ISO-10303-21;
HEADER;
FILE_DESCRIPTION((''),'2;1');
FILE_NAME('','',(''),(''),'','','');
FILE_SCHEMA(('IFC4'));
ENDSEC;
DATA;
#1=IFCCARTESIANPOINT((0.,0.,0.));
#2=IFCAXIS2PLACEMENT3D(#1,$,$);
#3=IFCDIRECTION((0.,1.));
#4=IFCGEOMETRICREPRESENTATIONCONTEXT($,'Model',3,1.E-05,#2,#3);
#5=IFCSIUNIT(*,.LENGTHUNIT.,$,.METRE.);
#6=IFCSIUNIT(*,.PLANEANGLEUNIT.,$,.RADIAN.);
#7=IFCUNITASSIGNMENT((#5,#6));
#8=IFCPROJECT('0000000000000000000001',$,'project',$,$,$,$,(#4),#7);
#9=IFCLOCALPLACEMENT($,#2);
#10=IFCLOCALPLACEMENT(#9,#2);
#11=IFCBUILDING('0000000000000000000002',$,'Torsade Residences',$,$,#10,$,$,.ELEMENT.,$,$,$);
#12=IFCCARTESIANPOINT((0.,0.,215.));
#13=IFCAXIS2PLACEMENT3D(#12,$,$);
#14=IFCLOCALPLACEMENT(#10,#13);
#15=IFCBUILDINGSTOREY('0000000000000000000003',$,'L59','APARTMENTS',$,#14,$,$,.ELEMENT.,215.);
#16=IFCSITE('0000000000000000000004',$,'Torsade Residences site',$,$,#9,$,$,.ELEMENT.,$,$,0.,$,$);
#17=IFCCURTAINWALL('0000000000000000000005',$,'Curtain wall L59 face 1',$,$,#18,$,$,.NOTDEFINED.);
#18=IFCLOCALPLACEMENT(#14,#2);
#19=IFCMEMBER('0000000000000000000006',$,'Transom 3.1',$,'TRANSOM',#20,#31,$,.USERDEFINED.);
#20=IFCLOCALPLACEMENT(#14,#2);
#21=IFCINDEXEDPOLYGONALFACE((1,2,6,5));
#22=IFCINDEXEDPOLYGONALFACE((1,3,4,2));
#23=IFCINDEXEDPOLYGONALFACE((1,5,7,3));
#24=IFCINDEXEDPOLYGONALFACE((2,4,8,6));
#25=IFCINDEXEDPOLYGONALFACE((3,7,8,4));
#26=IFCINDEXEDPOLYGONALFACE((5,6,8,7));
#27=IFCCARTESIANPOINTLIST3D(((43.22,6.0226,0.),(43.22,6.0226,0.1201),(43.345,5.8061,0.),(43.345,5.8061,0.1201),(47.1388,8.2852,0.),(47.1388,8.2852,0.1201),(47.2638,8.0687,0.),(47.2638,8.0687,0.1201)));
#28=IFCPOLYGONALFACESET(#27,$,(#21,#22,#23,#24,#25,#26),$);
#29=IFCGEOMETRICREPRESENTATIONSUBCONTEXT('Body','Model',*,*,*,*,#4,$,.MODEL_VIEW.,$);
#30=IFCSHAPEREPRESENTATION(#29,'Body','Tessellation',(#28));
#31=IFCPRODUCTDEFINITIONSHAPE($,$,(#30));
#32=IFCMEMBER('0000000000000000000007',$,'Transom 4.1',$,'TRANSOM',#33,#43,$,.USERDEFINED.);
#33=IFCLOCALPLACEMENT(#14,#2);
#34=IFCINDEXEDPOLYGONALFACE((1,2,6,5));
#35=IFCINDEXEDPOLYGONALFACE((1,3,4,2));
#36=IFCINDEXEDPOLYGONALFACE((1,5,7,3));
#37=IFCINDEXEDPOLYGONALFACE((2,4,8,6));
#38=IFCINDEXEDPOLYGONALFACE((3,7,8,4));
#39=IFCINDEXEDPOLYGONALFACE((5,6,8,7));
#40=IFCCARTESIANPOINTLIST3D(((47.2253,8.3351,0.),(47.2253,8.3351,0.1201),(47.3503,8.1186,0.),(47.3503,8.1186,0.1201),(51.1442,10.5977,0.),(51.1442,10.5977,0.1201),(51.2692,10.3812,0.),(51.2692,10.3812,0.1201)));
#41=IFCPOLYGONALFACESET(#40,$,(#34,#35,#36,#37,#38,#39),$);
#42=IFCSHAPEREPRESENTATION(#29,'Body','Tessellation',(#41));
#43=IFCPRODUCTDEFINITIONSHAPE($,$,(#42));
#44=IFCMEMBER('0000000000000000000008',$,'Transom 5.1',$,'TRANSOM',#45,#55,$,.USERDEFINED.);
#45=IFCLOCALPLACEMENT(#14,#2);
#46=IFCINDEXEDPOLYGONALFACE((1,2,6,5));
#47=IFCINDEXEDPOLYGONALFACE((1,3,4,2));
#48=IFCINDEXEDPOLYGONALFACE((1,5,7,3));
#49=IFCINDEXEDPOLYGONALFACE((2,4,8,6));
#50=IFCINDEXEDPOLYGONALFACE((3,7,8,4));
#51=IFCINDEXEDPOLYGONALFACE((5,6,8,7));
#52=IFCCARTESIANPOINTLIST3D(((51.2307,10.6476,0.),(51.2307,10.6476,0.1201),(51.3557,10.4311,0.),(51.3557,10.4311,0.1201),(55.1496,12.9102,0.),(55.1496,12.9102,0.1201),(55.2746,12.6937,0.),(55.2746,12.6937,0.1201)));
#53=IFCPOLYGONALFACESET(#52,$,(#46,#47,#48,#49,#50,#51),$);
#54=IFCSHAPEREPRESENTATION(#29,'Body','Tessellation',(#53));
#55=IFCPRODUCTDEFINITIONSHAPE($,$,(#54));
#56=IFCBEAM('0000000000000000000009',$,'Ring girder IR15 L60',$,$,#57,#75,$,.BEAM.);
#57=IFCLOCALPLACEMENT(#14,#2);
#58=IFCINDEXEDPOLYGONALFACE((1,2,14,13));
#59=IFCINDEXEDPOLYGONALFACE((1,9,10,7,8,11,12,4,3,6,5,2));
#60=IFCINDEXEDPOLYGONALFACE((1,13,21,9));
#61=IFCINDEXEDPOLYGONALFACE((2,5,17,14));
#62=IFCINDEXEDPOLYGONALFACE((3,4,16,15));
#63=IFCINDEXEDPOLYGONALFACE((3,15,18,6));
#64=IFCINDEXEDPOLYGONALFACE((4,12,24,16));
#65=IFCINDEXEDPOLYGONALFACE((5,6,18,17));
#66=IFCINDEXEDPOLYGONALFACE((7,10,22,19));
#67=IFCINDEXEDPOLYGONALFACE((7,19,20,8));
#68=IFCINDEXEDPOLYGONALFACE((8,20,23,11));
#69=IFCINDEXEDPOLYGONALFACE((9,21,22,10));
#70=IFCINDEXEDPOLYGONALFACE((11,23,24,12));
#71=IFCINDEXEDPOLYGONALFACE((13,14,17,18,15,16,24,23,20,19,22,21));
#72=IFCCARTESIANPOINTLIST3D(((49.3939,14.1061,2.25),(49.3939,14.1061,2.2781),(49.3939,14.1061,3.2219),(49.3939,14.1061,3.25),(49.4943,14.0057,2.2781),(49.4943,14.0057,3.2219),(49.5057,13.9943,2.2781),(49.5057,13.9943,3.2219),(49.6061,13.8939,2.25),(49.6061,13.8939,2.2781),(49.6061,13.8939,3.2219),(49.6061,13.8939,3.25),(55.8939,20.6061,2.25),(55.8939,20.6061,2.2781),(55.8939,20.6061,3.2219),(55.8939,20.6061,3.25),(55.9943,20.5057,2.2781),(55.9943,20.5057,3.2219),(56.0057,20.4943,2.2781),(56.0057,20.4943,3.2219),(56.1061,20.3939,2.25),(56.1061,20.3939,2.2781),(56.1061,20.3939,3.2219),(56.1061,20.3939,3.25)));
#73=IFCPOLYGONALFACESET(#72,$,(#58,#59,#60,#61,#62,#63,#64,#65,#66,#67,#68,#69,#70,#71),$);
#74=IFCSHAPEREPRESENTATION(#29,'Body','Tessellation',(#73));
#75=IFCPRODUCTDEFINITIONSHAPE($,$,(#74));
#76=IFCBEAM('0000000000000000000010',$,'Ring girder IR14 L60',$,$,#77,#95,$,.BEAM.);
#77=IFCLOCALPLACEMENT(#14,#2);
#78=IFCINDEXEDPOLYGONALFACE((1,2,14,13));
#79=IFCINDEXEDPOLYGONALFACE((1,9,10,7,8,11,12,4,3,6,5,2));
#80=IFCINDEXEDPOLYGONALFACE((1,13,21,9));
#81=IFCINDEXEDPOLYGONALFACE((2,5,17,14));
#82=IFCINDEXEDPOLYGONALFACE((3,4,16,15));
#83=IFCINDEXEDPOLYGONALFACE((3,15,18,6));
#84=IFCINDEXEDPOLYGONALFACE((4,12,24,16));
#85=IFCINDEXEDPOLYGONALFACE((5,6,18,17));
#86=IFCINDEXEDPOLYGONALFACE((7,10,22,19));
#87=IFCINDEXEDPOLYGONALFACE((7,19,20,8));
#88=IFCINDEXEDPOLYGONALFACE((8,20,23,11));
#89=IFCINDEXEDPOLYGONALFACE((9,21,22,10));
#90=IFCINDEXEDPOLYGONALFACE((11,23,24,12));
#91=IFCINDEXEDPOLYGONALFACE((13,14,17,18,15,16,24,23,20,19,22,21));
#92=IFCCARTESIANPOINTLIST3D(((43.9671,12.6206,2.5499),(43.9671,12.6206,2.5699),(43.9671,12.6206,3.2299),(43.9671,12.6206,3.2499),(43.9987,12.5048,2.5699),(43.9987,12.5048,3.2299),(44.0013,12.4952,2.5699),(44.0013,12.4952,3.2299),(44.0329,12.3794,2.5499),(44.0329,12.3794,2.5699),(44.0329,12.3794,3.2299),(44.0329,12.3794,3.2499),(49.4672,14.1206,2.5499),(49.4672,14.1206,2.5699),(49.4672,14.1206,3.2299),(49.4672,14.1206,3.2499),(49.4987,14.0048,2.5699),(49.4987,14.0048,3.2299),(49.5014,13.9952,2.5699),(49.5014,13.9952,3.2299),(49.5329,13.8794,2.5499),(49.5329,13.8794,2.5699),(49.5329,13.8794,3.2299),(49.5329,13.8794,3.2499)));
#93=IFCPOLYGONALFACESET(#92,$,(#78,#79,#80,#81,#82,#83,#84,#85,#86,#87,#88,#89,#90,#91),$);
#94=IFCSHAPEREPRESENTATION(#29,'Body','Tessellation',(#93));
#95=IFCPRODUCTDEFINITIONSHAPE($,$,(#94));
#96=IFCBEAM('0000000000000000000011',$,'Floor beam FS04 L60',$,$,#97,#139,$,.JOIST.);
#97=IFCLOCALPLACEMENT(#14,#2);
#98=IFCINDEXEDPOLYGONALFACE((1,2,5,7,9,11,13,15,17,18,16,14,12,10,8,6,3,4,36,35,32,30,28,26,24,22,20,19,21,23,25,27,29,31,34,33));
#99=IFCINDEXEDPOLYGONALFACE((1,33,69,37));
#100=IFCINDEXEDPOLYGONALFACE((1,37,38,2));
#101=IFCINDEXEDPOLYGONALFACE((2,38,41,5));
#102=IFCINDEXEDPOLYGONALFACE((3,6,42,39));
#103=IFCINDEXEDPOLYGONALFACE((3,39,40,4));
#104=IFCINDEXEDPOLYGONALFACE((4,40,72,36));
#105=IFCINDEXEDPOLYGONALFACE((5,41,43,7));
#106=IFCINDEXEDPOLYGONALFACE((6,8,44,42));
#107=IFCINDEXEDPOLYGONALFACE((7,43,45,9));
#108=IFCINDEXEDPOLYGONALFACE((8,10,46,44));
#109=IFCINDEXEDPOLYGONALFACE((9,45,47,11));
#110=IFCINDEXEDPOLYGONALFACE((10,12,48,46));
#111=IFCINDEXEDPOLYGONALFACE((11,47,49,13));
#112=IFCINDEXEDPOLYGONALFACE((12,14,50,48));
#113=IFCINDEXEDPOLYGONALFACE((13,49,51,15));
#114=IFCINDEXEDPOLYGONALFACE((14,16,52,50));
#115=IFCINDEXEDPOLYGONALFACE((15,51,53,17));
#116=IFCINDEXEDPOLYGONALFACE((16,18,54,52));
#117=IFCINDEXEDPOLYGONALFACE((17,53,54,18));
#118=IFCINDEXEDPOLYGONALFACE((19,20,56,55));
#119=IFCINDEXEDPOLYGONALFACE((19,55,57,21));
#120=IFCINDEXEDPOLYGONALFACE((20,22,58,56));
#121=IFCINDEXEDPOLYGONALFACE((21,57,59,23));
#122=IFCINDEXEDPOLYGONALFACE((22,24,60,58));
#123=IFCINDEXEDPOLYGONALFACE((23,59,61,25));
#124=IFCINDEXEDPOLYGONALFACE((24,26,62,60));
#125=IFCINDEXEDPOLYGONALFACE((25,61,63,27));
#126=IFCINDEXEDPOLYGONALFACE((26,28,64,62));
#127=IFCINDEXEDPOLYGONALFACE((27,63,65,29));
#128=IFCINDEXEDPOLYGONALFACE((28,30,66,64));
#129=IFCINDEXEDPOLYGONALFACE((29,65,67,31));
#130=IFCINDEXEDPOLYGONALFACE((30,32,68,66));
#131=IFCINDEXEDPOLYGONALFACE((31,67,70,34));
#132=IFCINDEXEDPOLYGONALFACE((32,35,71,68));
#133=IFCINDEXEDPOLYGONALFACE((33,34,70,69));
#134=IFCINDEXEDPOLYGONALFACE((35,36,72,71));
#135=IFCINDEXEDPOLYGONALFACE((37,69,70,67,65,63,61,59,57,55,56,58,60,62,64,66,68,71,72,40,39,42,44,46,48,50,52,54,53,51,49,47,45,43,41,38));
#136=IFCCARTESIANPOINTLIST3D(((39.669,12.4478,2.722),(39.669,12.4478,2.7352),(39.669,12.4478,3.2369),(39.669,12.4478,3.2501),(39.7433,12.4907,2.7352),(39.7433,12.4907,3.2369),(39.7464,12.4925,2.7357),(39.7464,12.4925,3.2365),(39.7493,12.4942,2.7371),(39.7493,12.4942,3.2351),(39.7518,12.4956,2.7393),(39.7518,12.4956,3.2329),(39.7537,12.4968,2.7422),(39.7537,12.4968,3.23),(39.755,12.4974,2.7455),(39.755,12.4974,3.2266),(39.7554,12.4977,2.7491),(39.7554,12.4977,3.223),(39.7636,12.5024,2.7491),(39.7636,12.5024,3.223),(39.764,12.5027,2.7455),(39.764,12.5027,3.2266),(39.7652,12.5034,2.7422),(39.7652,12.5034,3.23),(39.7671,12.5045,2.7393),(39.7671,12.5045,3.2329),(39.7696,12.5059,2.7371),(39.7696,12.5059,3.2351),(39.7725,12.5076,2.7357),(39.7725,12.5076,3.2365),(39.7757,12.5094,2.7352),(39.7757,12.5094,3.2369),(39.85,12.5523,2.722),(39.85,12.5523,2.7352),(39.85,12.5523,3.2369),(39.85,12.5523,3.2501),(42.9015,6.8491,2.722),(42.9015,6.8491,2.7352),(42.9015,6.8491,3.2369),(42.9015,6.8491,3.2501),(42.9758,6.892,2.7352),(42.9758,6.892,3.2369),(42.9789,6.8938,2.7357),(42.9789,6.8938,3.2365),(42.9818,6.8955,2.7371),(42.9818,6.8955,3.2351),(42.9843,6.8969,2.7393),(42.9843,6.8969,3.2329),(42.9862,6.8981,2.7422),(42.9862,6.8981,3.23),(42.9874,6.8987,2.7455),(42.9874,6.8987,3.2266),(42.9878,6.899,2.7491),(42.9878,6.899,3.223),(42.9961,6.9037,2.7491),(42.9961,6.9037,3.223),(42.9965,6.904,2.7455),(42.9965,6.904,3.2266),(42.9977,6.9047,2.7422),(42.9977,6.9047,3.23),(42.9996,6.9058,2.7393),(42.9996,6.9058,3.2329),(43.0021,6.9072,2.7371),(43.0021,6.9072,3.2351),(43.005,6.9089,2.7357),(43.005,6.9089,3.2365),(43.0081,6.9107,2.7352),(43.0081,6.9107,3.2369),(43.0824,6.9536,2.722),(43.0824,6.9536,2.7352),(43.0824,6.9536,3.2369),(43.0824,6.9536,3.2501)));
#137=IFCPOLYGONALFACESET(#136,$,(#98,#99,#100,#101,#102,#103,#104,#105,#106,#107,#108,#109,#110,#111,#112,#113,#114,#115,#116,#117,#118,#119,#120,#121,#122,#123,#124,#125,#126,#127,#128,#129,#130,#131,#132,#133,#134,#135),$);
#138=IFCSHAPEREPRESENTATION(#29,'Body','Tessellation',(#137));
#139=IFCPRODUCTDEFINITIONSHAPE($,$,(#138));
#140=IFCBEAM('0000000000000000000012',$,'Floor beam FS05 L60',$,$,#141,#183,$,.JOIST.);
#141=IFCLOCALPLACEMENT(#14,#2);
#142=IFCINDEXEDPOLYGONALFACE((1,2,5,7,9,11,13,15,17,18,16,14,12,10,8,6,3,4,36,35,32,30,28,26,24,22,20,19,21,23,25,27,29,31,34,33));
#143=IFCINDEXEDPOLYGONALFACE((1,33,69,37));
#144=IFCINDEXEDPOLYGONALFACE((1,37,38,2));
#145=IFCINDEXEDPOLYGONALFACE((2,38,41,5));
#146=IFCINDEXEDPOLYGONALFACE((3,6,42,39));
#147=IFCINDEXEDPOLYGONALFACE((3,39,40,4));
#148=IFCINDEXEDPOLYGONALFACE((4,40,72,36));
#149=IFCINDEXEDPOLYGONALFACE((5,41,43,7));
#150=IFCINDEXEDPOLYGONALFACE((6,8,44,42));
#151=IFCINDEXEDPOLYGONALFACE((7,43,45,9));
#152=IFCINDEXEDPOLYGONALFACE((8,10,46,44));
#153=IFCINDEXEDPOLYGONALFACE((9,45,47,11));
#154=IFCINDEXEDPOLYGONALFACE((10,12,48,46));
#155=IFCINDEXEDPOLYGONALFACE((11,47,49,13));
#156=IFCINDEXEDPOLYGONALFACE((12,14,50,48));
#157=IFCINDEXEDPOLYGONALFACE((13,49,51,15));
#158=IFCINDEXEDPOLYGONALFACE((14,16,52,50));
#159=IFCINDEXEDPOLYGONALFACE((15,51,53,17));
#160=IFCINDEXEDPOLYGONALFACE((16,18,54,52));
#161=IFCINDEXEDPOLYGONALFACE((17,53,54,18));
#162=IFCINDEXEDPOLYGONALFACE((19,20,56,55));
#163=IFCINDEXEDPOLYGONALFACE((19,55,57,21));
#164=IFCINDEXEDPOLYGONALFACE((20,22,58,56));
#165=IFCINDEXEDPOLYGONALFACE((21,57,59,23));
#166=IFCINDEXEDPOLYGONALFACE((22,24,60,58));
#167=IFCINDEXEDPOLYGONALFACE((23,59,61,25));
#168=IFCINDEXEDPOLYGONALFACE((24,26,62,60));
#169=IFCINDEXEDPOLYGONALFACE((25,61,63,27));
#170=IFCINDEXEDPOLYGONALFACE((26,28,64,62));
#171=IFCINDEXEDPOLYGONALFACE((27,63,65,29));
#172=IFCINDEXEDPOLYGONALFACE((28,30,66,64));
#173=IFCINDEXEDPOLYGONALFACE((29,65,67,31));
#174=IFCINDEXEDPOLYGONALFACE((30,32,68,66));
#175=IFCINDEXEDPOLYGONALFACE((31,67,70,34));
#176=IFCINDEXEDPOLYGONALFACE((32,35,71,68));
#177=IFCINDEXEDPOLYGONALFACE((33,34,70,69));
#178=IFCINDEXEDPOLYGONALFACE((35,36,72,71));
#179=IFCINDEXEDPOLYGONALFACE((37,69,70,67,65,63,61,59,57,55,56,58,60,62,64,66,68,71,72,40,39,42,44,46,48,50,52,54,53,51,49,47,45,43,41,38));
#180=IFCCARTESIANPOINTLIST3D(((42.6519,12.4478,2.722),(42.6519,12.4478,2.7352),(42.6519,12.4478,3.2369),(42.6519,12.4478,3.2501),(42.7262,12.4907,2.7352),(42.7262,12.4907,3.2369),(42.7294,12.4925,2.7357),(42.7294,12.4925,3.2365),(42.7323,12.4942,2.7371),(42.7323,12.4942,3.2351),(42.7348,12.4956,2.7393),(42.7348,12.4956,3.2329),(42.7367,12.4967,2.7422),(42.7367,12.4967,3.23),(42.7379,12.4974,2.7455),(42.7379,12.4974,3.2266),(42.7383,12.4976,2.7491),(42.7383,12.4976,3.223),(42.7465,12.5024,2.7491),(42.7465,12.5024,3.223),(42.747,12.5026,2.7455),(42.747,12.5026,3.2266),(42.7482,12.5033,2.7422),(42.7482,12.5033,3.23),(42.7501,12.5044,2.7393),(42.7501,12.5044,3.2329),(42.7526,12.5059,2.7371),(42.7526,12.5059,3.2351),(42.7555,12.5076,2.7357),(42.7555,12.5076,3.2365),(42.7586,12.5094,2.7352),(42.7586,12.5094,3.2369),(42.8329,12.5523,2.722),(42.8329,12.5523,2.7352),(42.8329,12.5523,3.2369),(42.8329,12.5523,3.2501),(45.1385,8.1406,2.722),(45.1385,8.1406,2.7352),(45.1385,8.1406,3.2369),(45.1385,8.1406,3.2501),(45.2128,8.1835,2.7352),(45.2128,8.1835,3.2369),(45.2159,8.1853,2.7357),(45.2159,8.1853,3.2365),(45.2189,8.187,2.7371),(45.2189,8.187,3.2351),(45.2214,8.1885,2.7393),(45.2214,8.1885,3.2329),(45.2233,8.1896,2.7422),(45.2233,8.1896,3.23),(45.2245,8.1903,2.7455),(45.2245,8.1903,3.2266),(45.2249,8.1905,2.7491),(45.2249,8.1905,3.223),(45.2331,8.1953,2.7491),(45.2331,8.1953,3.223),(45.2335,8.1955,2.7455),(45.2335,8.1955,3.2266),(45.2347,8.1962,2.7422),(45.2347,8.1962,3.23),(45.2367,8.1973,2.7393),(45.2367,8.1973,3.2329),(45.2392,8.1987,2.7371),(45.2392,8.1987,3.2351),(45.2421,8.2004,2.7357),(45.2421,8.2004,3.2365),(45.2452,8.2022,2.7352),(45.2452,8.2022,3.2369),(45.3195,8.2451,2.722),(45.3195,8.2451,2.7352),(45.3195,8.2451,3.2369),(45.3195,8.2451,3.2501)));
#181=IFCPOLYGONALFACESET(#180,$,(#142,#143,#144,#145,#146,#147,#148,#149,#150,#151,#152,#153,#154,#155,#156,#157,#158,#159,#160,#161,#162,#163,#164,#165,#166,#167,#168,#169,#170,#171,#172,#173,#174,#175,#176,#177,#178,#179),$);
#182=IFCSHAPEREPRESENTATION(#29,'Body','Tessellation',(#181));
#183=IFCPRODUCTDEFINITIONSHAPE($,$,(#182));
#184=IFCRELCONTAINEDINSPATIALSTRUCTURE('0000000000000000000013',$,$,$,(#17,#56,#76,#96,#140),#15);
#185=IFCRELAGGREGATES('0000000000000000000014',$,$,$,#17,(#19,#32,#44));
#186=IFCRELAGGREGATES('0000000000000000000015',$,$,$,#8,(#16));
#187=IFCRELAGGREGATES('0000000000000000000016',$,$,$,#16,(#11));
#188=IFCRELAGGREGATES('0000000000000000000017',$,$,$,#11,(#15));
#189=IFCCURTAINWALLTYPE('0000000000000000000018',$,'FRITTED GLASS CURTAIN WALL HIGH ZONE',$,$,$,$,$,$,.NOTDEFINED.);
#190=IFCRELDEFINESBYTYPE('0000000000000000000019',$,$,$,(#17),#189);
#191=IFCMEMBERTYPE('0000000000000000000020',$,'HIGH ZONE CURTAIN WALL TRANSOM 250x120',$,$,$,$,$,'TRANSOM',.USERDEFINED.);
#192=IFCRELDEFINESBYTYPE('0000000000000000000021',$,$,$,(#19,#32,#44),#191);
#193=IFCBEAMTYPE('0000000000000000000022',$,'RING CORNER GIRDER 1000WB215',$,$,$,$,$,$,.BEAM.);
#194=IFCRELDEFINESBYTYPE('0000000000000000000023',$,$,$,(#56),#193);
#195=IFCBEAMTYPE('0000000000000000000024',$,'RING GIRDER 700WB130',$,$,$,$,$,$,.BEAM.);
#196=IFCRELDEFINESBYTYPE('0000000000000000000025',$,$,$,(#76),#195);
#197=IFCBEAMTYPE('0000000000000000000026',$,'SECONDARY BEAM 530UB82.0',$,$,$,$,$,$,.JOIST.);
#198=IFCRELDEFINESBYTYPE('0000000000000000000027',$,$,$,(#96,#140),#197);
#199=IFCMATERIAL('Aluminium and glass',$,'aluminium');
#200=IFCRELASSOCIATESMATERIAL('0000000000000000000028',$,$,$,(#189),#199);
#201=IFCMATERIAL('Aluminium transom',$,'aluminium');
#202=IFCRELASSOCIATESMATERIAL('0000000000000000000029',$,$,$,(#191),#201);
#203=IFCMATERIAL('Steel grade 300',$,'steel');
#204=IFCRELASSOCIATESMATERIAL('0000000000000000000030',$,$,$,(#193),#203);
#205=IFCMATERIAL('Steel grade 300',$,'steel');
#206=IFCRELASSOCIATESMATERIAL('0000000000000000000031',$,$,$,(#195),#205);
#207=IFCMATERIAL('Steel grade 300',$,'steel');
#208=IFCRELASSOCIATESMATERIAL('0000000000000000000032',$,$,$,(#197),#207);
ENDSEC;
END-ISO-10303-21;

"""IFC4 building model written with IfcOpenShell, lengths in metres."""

from ifc_helpers import new_model, si_unit, direction, frame, origin, origin_2d, place, context, subcontext, project, spatial, rectangle, i_section, extrude, material, material_profile, profile_set, type_object, element, aggregate, save


model = new_model("IFC4")

# Units and contexts
model_context = context("Model", 3, precision=1e-05, world=origin(), true_north=direction((0.0, 1.0)))
body_context = subcontext(model_context, "Body", "Model", "MODEL_VIEW")
ifc_project = project(units=[si_unit("LENGTHUNIT", "METRE"), si_unit("PLANEANGLEUNIT", "RADIAN")], contexts=[model_context])

# Site, building, storey
site_placement = place(None, origin())
site = spatial("IfcSite", under=ifc_project, at=site_placement, Name="Torsade Residences site", CompositionType="ELEMENT", RefElevation=0.0)
building_placement = place(site_placement, origin())
building = spatial("IfcBuilding", under=site, at=building_placement, Name="Torsade Residences", CompositionType="ELEMENT")
storey_placement = place(building_placement, frame((0.0, 0.0, 215.0)))
storey = spatial("IfcBuildingStorey", under=building, at=storey_placement, Name="L59", Description="APARTMENTS", CompositionType="ELEMENT", Elevation=215.0)

# Curtain wall, members
ifc_material_1 = material(Name="Aluminium and glass", Category="aluminium")
curtain_wall_type = type_object("IfcCurtainWallType", Name="FRITTED GLASS CURTAIN WALL HIGH ZONE", PredefinedType="NOTDEFINED", material=ifc_material_1)
curtain_wall_placement = place(storey_placement, origin())
curtain_wall = element("IfcCurtainWall", 1, at=curtain_wall_placement, inside=storey, type_object=curtain_wall_type, Name="Curtain wall L59 face 1", PredefinedType="NOTDEFINED")
ifc_material_2 = material(Name="Aluminium transom", Category="aluminium")
ifc_material_profile_1 = material_profile(ifc_material_2, rectangle(XDim=0.25, YDim=0.1201, at=origin_2d()), Name="HIGH ZONE CURTAIN WALL TRANSOM 250x120")
ifc_profile_set_1 = profile_set([ifc_material_profile_1], Name="Aluminium transom")
member_type_1 = type_object("IfcMemberType", Name="HIGH ZONE CURTAIN WALL TRANSOM 250x120", ElementType="TRANSOM", PredefinedType="USERDEFINED", material=ifc_profile_set_1)
member_1_placement = place(storey_placement, frame((43.2825, 5.9143, 0.0601), z_axis=(0.866017, 0.500015, 0.0), x_axis=(-0.500015, 0.866017, 0.0)))
member_1 = element("IfcMember", 2, at=member_1_placement, type_object=member_type_1, Name="Transom 3.1", ObjectType="TRANSOM", PredefinedType="USERDEFINED", context=body_context, shape_type="SweptSolid", body=[
    extrude(rectangle(XDim=0.25, YDim=0.1201, at=origin_2d()), origin(), (0.0, 0.0, 1.0), 4.5251),
])
member_2_placement = place(storey_placement, frame((47.2878, 8.2268, 0.0601), z_axis=(0.866017, 0.500015, 0.0), x_axis=(-0.500015, 0.866017, 0.0)))
member_2 = element("IfcMember", 3, at=member_2_placement, type_object=member_type_1, Name="Transom 4.1", ObjectType="TRANSOM", PredefinedType="USERDEFINED", context=body_context, shape_type="SweptSolid", body=[
    extrude(rectangle(XDim=0.25, YDim=0.1201, at=origin_2d()), origin(), (0.0, 0.0, 1.0), 4.5251),
])
member_3_placement = place(storey_placement, frame((51.2932, 10.5393, 0.0601), z_axis=(0.866017, 0.500015, 0.0), x_axis=(-0.500015, 0.866017, 0.0)))
member_3 = element("IfcMember", 4, at=member_3_placement, type_object=member_type_1, Name="Transom 5.1", ObjectType="TRANSOM", PredefinedType="USERDEFINED", context=body_context, shape_type="SweptSolid", body=[
    extrude(rectangle(XDim=0.25, YDim=0.1201, at=origin_2d()), origin(), (0.0, 0.0, 1.0), 4.5251),
])

# Beams
ifc_material_3 = material(Name="Steel grade 300", Category="steel")
ifc_material_profile_2 = material_profile(ifc_material_3, i_section(OverallWidth=0.3, OverallDepth=1.0, WebThickness=0.0161, FlangeThickness=0.0281, at=origin_2d()), Name="1000WB215")
ifc_profile_set_2 = profile_set([ifc_material_profile_2], Name="Steel grade 300")
beam_type_1 = type_object("IfcBeamType", Name="RING CORNER GIRDER 1000WB215", PredefinedType="BEAM", material=ifc_profile_set_2)
beam_1_placement = place(storey_placement, frame((49.5, 14.0, 2.75), z_axis=(0.707107, 0.707107, 0.0), x_axis=(-0.707107, 0.707107, 0.0)))
element("IfcBeam", 5, at=beam_1_placement, inside=storey, type_object=beam_type_1, Name="Ring girder IR15 L60", PredefinedType="BEAM", context=body_context, shape_type="SweptSolid", body=[
    extrude(i_section(OverallWidth=0.3, OverallDepth=1.0, WebThickness=0.0161, FlangeThickness=0.0281, at=origin_2d()), origin(), (0.0, 0.0, 1.0), 9.1924),
])
ifc_material_4 = material(Name="Steel grade 300", Category="steel")
ifc_material_profile_3 = material_profile(ifc_material_4, i_section(OverallWidth=0.25, OverallDepth=0.7, WebThickness=0.01, FlangeThickness=0.02, at=origin_2d()), Name="700WB130")
ifc_profile_set_3 = profile_set([ifc_material_profile_3], Name="Steel grade 300")
beam_type_2 = type_object("IfcBeamType", Name="RING GIRDER 700WB130", PredefinedType="BEAM", material=ifc_profile_set_3)
beam_2_placement = place(storey_placement, frame((44.0, 12.5, 2.8999), z_axis=(0.964764, 0.263117, 0.0), x_axis=(-0.263117, 0.964764, 0.0)))
element("IfcBeam", 6, at=beam_2_placement, inside=storey, type_object=beam_type_2, Name="Ring girder IR14 L60", PredefinedType="BEAM", context=body_context, shape_type="SweptSolid", body=[
    extrude(i_section(OverallWidth=0.25, OverallDepth=0.7, WebThickness=0.01, FlangeThickness=0.02, at=origin_2d()), origin(), (0.0, 0.0, 1.0), 5.7009),
])
ifc_material_5 = material(Name="Steel grade 300", Category="steel")
ifc_material_profile_4 = material_profile(ifc_material_5, i_section(OverallWidth=0.209, OverallDepth=0.5281, WebThickness=0.0095, FlangeThickness=0.0132, FilletRadius=0.0139, at=origin_2d()), Name="530UB82.0")
ifc_profile_set_4 = profile_set([ifc_material_profile_4], Name="Steel grade 300")
beam_type_3 = type_object("IfcBeamType", Name="SECONDARY BEAM 530UB82.0", PredefinedType="JOIST", material=ifc_profile_set_4)
beam_3_placement = place(storey_placement, frame((42.9919, 6.9014, 2.9861), z_axis=(-0.500006, 0.866022, 0.0), x_axis=(-0.866022, -0.500006, 0.0)))
element("IfcBeam", 7, at=beam_3_placement, inside=storey, type_object=beam_type_3, Name="Floor beam FS04 L60", PredefinedType="JOIST", context=body_context, shape_type="SweptSolid", body=[
    extrude(i_section(OverallWidth=0.209, OverallDepth=0.5281, WebThickness=0.0095, FlangeThickness=0.0132, FilletRadius=0.0139, at=origin_2d()), origin(), (0.0, 0.0, 1.0), 6.4648),
])
beam_4_placement = place(storey_placement, frame((45.229, 8.1929, 2.9861), z_axis=(-0.499977, 0.866038, 0.0), x_axis=(-0.866038, -0.499977, 0.0)))
element("IfcBeam", 8, at=beam_4_placement, inside=storey, type_object=beam_type_3, Name="Floor beam FS05 L60", PredefinedType="JOIST", context=body_context, shape_type="SweptSolid", body=[
    extrude(i_section(OverallWidth=0.209, OverallDepth=0.5281, WebThickness=0.0095, FlangeThickness=0.0132, FilletRadius=0.0139, at=origin_2d()), origin(), (0.0, 0.0, 1.0), 4.9734),
])

aggregate(curtain_wall, [member_1, member_2, member_3])

save(model, "model.ifc")
